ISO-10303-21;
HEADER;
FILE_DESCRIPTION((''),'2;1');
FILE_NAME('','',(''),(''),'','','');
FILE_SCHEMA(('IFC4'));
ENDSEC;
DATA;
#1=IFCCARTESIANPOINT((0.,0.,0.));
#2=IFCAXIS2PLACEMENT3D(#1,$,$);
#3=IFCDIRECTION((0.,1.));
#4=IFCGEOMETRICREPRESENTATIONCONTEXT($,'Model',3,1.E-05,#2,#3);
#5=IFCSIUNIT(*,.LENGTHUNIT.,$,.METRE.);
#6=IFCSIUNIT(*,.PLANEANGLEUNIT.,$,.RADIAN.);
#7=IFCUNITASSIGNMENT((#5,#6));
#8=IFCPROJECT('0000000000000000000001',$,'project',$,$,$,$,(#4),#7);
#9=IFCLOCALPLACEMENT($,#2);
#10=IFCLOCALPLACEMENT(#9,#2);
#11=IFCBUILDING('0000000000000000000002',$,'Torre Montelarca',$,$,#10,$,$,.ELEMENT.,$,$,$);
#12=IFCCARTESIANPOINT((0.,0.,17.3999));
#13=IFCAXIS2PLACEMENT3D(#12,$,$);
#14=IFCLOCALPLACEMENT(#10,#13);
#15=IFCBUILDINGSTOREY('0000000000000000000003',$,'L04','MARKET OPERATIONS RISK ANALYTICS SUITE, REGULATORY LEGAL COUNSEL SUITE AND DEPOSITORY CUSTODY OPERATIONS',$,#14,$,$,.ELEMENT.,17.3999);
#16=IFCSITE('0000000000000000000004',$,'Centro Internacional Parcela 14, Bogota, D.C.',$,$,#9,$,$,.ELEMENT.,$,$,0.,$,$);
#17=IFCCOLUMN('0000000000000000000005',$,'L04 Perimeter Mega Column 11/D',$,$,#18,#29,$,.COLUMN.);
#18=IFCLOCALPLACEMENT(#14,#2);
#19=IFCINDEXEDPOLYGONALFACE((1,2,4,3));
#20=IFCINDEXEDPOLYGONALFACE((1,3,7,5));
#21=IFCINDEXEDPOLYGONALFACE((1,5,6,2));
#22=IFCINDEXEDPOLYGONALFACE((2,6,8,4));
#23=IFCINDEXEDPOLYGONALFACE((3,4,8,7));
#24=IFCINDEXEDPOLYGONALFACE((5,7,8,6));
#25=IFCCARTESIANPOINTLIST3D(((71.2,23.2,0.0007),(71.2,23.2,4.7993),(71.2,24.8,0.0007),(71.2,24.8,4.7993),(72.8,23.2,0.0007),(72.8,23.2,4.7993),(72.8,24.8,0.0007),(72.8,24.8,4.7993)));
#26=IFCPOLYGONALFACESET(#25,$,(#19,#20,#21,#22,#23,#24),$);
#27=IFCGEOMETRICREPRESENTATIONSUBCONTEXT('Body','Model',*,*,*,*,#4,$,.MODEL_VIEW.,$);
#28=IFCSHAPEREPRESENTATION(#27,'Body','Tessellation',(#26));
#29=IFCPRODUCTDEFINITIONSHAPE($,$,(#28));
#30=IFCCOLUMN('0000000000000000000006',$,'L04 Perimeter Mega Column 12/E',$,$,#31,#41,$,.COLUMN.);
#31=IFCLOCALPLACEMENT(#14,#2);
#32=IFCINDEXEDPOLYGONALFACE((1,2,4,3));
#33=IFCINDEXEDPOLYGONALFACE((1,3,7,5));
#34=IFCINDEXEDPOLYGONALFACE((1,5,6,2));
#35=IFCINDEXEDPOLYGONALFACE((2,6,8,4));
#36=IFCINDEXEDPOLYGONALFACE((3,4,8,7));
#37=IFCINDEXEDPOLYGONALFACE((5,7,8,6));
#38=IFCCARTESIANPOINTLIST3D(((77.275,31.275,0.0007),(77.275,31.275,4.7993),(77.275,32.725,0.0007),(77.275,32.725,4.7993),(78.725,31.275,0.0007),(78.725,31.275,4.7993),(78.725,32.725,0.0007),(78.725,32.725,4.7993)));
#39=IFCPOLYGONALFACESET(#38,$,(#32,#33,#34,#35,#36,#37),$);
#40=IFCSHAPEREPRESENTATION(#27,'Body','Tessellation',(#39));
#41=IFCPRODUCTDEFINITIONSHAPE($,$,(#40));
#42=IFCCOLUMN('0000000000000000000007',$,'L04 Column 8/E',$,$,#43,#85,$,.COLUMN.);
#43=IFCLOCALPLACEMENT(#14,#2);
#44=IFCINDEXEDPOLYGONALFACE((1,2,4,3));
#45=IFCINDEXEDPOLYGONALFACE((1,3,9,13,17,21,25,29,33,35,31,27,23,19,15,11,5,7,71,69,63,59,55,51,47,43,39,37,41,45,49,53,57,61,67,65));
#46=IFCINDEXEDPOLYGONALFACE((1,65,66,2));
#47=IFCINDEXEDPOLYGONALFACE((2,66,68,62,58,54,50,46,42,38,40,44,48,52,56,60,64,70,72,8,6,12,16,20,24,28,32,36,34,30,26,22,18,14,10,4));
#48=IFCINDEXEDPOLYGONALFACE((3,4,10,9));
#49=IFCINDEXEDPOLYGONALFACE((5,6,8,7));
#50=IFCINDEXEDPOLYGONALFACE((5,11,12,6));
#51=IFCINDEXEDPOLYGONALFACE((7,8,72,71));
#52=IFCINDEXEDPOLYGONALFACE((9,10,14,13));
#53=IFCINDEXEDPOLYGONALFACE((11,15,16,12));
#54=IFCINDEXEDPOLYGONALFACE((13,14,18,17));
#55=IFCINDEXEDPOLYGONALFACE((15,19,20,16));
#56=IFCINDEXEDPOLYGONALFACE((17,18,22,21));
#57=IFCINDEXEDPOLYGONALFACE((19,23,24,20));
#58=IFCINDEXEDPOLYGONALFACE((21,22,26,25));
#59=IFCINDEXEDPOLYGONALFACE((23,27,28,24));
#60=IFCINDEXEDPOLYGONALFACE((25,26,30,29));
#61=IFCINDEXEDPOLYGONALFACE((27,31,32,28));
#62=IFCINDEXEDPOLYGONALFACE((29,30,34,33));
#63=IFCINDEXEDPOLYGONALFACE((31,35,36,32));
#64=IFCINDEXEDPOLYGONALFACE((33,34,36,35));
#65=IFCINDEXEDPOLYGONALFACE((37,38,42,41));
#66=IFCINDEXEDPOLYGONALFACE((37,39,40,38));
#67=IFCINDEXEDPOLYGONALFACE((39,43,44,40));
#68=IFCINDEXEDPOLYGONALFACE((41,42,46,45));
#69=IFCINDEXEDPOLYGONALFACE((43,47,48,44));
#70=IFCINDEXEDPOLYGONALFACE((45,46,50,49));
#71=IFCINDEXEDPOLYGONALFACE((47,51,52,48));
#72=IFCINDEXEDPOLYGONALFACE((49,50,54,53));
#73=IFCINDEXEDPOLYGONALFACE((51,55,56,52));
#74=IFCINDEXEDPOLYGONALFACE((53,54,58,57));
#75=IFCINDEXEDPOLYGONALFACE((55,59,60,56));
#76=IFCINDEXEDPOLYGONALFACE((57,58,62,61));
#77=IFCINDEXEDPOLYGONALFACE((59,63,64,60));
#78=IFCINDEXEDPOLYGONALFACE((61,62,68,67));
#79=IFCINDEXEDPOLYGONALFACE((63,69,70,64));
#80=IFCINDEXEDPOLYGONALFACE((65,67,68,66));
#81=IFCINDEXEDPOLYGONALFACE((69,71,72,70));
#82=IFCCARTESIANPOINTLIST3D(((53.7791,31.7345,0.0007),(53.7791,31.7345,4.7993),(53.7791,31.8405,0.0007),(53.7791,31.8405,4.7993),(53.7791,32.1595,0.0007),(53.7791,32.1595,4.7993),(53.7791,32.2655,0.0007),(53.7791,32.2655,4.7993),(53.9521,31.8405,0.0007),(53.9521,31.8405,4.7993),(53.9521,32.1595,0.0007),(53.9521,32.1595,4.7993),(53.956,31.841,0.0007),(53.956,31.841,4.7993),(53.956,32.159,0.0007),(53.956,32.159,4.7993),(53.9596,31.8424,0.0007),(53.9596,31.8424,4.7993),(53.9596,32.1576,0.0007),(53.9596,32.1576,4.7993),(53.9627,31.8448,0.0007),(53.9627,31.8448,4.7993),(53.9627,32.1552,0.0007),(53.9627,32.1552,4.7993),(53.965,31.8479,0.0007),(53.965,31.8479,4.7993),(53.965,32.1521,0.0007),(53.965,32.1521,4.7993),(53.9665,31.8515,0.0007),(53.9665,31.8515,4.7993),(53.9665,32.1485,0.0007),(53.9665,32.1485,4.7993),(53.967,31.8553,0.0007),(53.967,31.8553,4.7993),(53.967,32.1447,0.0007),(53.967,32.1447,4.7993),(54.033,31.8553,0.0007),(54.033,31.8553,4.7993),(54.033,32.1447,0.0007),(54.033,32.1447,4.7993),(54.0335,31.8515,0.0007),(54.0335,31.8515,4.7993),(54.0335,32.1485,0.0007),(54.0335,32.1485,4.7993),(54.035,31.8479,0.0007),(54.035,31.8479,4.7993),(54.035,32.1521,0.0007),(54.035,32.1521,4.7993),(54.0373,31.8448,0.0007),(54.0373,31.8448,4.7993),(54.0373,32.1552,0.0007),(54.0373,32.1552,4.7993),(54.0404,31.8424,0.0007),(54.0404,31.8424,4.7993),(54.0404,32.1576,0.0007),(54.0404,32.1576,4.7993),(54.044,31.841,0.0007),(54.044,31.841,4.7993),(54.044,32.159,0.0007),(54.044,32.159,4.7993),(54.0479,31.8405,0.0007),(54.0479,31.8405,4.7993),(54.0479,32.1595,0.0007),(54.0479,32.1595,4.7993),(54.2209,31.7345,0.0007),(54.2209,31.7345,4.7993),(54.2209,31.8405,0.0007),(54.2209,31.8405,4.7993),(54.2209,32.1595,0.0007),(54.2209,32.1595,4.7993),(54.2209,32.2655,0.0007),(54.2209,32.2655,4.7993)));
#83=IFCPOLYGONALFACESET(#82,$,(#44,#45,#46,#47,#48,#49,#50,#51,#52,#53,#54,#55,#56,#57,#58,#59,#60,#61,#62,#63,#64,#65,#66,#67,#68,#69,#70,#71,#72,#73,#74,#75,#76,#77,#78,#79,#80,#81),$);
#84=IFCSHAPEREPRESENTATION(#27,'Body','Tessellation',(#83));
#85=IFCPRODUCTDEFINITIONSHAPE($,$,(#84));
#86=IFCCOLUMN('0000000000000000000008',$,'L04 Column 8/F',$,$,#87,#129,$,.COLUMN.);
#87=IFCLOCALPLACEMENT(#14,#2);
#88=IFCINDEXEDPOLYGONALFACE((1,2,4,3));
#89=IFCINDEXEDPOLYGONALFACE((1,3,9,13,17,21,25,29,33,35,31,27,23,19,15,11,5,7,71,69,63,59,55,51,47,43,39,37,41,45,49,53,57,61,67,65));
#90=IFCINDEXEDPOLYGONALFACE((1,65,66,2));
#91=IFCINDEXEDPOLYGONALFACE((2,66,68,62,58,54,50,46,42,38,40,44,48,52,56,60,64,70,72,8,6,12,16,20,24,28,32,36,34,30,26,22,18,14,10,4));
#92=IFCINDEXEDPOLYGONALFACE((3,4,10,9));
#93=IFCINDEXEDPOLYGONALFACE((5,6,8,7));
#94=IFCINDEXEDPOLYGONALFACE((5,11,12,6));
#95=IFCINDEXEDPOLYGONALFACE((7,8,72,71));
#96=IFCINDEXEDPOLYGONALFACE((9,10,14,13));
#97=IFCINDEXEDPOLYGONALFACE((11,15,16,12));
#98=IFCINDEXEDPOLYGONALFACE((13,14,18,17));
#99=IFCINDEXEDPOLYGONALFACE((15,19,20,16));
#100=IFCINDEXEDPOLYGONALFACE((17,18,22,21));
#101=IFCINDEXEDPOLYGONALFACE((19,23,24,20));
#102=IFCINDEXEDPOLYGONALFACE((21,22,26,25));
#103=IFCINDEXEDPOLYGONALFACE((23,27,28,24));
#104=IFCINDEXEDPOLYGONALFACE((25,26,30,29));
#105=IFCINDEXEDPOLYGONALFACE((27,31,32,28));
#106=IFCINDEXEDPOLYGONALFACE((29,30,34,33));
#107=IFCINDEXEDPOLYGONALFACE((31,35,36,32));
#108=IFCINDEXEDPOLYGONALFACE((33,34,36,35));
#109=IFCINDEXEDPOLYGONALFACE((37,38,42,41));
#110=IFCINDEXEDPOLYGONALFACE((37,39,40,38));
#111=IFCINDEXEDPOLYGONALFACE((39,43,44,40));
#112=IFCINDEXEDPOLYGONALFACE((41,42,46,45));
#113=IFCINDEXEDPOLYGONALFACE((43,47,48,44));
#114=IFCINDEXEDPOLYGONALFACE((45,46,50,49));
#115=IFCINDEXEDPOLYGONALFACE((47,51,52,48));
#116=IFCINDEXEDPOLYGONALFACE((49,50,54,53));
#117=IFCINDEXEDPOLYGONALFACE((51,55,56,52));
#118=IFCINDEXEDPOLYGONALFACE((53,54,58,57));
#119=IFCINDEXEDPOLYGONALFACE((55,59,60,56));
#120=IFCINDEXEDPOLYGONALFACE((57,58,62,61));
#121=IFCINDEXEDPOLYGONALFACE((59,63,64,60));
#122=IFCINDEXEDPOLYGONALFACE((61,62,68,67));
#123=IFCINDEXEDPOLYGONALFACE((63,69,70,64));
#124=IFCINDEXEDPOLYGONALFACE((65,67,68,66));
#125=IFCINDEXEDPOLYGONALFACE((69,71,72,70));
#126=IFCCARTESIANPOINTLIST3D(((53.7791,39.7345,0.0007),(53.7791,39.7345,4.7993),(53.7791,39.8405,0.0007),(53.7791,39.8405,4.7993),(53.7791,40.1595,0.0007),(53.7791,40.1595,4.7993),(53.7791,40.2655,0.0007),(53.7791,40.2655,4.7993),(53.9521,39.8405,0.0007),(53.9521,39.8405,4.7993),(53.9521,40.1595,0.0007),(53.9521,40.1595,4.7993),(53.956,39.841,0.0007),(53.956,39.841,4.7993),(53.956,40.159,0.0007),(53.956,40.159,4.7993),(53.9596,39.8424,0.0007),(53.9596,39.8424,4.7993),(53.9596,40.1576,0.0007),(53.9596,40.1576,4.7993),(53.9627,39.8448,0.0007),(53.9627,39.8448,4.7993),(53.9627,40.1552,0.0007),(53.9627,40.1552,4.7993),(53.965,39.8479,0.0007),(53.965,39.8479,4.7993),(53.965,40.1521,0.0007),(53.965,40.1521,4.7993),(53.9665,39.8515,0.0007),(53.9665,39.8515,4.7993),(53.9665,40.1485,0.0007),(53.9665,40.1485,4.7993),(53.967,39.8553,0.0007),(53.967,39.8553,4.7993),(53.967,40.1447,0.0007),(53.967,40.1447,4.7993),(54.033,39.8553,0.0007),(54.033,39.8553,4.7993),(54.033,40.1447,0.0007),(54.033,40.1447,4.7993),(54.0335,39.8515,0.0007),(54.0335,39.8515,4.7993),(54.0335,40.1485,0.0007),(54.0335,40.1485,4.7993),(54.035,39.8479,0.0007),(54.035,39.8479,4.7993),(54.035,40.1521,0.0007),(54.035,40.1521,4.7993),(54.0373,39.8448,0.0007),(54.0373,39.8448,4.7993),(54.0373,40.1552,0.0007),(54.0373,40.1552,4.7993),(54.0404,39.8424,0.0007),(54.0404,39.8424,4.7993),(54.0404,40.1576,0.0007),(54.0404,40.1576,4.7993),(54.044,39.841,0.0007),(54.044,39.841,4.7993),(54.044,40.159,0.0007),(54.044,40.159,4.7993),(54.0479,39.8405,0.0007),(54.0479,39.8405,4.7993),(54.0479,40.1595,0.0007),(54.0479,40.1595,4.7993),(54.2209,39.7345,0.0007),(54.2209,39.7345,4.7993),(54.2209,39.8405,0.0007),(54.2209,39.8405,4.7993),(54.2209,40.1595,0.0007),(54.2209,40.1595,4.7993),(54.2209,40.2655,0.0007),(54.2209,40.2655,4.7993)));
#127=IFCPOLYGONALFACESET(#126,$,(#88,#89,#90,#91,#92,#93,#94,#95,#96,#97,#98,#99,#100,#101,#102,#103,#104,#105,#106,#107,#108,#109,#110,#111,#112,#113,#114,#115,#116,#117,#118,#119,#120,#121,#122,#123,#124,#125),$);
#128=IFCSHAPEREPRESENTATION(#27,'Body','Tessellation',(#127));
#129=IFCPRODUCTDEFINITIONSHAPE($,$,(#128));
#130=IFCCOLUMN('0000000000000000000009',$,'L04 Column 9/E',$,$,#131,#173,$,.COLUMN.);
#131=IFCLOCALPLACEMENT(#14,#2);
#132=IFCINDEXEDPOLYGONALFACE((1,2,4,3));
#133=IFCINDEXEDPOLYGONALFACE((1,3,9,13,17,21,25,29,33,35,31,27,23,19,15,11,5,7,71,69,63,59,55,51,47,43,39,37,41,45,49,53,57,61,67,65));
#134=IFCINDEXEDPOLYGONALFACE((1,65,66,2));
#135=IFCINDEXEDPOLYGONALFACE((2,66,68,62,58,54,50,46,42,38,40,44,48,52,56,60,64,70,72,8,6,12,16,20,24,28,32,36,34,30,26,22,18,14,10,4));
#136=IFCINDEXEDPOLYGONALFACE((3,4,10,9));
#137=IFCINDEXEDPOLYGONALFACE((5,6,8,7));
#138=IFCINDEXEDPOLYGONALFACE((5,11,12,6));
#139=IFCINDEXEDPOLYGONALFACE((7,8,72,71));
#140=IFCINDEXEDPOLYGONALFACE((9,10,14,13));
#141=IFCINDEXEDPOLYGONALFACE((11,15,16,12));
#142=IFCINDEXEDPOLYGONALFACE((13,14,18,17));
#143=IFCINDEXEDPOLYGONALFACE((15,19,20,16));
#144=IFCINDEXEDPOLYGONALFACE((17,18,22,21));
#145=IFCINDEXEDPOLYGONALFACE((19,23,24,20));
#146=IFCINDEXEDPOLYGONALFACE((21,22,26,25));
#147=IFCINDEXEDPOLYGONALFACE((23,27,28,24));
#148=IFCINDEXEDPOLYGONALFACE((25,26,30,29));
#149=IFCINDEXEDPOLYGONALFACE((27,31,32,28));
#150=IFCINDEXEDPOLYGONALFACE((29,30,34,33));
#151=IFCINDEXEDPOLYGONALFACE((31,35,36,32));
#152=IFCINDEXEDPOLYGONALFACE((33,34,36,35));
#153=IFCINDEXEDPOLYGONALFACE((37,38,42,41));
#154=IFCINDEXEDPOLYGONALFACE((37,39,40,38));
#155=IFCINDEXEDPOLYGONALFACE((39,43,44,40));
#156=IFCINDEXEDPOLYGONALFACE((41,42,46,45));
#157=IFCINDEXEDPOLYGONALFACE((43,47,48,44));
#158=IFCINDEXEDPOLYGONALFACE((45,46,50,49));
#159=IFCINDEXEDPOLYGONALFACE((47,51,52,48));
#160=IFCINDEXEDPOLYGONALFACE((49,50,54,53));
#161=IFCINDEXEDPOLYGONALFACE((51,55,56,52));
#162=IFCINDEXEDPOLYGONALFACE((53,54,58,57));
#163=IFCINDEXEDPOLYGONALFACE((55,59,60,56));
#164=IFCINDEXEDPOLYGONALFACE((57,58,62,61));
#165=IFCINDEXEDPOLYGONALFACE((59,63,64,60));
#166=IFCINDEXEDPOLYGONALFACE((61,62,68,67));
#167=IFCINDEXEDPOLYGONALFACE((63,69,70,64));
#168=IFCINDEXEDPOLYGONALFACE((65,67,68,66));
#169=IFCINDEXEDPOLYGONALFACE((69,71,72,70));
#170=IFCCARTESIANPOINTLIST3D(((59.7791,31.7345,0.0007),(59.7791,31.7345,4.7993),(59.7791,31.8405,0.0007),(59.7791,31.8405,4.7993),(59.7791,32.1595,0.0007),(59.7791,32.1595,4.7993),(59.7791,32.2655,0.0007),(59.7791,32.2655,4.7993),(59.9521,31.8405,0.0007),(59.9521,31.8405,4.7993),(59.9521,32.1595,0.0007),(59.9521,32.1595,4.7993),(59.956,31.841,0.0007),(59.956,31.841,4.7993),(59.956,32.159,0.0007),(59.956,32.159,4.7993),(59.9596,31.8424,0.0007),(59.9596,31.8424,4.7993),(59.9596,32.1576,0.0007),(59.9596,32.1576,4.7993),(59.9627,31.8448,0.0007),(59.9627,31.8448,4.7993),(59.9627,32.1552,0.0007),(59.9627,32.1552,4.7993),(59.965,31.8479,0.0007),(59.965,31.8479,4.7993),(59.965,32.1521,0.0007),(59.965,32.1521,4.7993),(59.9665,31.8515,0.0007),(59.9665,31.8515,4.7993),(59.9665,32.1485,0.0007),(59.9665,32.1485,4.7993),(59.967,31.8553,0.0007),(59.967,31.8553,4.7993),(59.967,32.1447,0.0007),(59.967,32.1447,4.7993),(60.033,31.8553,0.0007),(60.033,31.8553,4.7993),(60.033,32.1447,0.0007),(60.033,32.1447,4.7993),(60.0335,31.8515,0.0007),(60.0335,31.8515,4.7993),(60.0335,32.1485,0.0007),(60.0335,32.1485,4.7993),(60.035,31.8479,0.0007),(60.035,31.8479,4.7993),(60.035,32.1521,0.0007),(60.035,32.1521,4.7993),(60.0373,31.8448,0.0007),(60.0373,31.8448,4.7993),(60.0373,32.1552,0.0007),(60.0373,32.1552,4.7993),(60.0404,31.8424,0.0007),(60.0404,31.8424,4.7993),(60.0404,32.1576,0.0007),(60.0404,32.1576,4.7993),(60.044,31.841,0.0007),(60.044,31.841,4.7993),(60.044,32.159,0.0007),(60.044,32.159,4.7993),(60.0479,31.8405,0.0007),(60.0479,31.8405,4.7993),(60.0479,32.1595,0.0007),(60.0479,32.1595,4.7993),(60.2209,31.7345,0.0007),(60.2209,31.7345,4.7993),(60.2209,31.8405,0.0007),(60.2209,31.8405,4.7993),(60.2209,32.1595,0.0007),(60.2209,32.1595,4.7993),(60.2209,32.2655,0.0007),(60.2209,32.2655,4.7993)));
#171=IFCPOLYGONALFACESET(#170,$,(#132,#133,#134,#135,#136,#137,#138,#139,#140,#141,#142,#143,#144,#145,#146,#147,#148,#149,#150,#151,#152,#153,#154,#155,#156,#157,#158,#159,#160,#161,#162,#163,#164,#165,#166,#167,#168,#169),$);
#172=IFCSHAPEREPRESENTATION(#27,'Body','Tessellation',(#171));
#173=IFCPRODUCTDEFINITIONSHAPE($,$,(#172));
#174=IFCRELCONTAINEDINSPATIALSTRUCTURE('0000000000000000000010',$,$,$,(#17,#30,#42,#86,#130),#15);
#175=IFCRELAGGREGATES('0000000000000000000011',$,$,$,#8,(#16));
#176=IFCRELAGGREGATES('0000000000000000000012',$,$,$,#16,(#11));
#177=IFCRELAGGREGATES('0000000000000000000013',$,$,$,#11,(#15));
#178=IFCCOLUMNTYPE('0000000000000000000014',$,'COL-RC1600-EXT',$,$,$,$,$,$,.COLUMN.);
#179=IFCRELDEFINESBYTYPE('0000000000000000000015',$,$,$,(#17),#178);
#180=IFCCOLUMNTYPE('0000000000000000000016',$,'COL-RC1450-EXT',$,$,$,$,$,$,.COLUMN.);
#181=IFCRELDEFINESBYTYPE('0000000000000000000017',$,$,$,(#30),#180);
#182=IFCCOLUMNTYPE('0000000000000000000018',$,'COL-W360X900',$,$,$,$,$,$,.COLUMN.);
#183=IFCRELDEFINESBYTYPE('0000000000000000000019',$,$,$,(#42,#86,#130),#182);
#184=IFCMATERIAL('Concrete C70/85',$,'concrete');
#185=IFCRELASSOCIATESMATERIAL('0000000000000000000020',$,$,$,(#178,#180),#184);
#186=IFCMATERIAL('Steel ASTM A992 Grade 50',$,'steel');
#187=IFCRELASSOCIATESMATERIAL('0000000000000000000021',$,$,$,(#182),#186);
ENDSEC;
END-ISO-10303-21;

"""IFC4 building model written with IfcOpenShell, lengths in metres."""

from ifc_helpers import new_model, si_unit, direction, frame, origin, origin_2d, place, context, subcontext, project, spatial, rectangle, i_section, extrude, source, transform, mapped, material, material_profile, profile_set, type_object, element, save


model = new_model("IFC4")

# Units and contexts
model_context = context("Model", 3, precision=1e-05, world=origin(), true_north=direction((0.0, 1.0)))
body_context = subcontext(model_context, "Body", "Model", "MODEL_VIEW")
ifc_project = project(units=[si_unit("LENGTHUNIT", "METRE"), si_unit("PLANEANGLEUNIT", "RADIAN")], contexts=[model_context])

# Site, building, storey
site_placement = place(None, origin())
site = spatial("IfcSite", under=ifc_project, at=site_placement, Name="Centro Internacional Parcela 14, Bogota, D.C.", CompositionType="ELEMENT", RefElevation=0.0)
building_placement = place(site_placement, origin())
building = spatial("IfcBuilding", under=site, at=building_placement, Name="Torre Montelarca", CompositionType="ELEMENT")
storey_placement = place(building_placement, frame((0.0, 0.0, 17.3999)))
storey = spatial("IfcBuildingStorey", under=building, at=storey_placement, Name="L04", Description="MARKET OPERATIONS RISK ANALYTICS SUITE, REGULATORY LEGAL COUNSEL SUITE AND DEPOSITORY CUSTODY OPERATIONS", CompositionType="ELEMENT", Elevation=17.3999)

# Columns
ifc_material_1 = material(Name="Concrete C70/85", Category="concrete")
ifc_material_profile_1 = material_profile(ifc_material_1, rectangle(XDim=1.6001, YDim=1.6001, at=origin_2d()), Name="RC1600X1600", Category="concrete")
ifc_profile_set_1 = profile_set([ifc_material_profile_1], Name="Concrete C70/85")
column_type_1 = type_object("IfcColumnType", Name="COL-RC1600-EXT", PredefinedType="COLUMN", material=ifc_profile_set_1)
shared_shape_1 = source(origin(), body_context, "Body", "SweptSolid", [
    extrude(rectangle(XDim=1.6001, YDim=1.6001, at=origin_2d()), origin(), (0.0, 0.0, 1.0), 4.7986),
])
column_1_placement = place(storey_placement, frame((72.0, 24.0, 0.0007), z_axis=(0.0, 0.0, 1.0), x_axis=(1.0, 0.0, 0.0)))
element("IfcColumn", 1, at=column_1_placement, inside=storey, type_object=column_type_1, Name="L04 Perimeter Mega Column 11/D", PredefinedType="COLUMN", context=body_context, shape_type="MappedRepresentation", body=[
    mapped(shared_shape_1, transform((0.0, 0.0, 0.0), scale=1.0)),
])
ifc_material_profile_2 = material_profile(ifc_material_1, rectangle(XDim=1.45, YDim=1.45, at=origin_2d()), Name="RC1450X1450", Category="concrete")
ifc_profile_set_2 = profile_set([ifc_material_profile_2], Name="Concrete C70/85")
column_type_2 = type_object("IfcColumnType", Name="COL-RC1450-EXT", PredefinedType="COLUMN", material=ifc_profile_set_2)
shared_shape_2 = source(origin(), body_context, "Body", "SweptSolid", [
    extrude(rectangle(XDim=1.45, YDim=1.45, at=origin_2d()), origin(), (0.0, 0.0, 1.0), 4.7986),
])
column_2_placement = place(storey_placement, frame((78.0, 32.0, 0.0007), z_axis=(0.0, 0.0, 1.0), x_axis=(1.0, 0.0, 0.0)))
element("IfcColumn", 2, at=column_2_placement, inside=storey, type_object=column_type_2, Name="L04 Perimeter Mega Column 12/E", PredefinedType="COLUMN", context=body_context, shape_type="MappedRepresentation", body=[
    mapped(shared_shape_2, transform((0.0, 0.0, 0.0), scale=1.0)),
])
ifc_material_2 = material(Name="Steel ASTM A992 Grade 50", Category="steel")
ifc_material_profile_3 = material_profile(ifc_material_2, i_section(OverallWidth=0.4419, OverallDepth=0.531, WebThickness=0.0659, FlangeThickness=0.106, FilletRadius=0.0149, at=origin_2d()), Name="W360X900", Category="steel")
ifc_profile_set_3 = profile_set([ifc_material_profile_3], Name="Steel ASTM A992 Grade 50")
column_type_3 = type_object("IfcColumnType", Name="COL-W360X900", PredefinedType="COLUMN", material=ifc_profile_set_3)
shared_shape_3 = source(origin(), body_context, "Body", "SweptSolid", [
    extrude(i_section(OverallWidth=0.4419, OverallDepth=0.531, WebThickness=0.0659, FlangeThickness=0.106, FilletRadius=0.0149, at=origin_2d()), origin(), (0.0, 0.0, 1.0), 4.7986),
])
for number, where, z_axis, x_axis, name in (
    (3, (54.0, 32.0, 0.0007), (0.0, 0.0, 1.0), (1.0, 0.0, 0.0), "L04 Column 8/E"),
    (4, (54.0, 40.0, 0.0007), (0.0, 0.0, 1.0), (1.0, 0.0, 0.0), "L04 Column 8/F"),
    (5, (60.0, 32.0, 0.0007), (0.0, 0.0, 1.0), (1.0, 0.0, 0.0), "L04 Column 9/E"),
):
    element("IfcColumn", number, at=place(storey_placement, frame(where, z_axis=z_axis, x_axis=x_axis)), inside=storey, type_object=column_type_3, Name=name, PredefinedType="COLUMN", context=body_context, shape_type="MappedRepresentation", body=[
        mapped(shared_shape_3, transform((0.0, 0.0, 0.0), scale=1.0)),
    ])

save(model, "model.ifc")
